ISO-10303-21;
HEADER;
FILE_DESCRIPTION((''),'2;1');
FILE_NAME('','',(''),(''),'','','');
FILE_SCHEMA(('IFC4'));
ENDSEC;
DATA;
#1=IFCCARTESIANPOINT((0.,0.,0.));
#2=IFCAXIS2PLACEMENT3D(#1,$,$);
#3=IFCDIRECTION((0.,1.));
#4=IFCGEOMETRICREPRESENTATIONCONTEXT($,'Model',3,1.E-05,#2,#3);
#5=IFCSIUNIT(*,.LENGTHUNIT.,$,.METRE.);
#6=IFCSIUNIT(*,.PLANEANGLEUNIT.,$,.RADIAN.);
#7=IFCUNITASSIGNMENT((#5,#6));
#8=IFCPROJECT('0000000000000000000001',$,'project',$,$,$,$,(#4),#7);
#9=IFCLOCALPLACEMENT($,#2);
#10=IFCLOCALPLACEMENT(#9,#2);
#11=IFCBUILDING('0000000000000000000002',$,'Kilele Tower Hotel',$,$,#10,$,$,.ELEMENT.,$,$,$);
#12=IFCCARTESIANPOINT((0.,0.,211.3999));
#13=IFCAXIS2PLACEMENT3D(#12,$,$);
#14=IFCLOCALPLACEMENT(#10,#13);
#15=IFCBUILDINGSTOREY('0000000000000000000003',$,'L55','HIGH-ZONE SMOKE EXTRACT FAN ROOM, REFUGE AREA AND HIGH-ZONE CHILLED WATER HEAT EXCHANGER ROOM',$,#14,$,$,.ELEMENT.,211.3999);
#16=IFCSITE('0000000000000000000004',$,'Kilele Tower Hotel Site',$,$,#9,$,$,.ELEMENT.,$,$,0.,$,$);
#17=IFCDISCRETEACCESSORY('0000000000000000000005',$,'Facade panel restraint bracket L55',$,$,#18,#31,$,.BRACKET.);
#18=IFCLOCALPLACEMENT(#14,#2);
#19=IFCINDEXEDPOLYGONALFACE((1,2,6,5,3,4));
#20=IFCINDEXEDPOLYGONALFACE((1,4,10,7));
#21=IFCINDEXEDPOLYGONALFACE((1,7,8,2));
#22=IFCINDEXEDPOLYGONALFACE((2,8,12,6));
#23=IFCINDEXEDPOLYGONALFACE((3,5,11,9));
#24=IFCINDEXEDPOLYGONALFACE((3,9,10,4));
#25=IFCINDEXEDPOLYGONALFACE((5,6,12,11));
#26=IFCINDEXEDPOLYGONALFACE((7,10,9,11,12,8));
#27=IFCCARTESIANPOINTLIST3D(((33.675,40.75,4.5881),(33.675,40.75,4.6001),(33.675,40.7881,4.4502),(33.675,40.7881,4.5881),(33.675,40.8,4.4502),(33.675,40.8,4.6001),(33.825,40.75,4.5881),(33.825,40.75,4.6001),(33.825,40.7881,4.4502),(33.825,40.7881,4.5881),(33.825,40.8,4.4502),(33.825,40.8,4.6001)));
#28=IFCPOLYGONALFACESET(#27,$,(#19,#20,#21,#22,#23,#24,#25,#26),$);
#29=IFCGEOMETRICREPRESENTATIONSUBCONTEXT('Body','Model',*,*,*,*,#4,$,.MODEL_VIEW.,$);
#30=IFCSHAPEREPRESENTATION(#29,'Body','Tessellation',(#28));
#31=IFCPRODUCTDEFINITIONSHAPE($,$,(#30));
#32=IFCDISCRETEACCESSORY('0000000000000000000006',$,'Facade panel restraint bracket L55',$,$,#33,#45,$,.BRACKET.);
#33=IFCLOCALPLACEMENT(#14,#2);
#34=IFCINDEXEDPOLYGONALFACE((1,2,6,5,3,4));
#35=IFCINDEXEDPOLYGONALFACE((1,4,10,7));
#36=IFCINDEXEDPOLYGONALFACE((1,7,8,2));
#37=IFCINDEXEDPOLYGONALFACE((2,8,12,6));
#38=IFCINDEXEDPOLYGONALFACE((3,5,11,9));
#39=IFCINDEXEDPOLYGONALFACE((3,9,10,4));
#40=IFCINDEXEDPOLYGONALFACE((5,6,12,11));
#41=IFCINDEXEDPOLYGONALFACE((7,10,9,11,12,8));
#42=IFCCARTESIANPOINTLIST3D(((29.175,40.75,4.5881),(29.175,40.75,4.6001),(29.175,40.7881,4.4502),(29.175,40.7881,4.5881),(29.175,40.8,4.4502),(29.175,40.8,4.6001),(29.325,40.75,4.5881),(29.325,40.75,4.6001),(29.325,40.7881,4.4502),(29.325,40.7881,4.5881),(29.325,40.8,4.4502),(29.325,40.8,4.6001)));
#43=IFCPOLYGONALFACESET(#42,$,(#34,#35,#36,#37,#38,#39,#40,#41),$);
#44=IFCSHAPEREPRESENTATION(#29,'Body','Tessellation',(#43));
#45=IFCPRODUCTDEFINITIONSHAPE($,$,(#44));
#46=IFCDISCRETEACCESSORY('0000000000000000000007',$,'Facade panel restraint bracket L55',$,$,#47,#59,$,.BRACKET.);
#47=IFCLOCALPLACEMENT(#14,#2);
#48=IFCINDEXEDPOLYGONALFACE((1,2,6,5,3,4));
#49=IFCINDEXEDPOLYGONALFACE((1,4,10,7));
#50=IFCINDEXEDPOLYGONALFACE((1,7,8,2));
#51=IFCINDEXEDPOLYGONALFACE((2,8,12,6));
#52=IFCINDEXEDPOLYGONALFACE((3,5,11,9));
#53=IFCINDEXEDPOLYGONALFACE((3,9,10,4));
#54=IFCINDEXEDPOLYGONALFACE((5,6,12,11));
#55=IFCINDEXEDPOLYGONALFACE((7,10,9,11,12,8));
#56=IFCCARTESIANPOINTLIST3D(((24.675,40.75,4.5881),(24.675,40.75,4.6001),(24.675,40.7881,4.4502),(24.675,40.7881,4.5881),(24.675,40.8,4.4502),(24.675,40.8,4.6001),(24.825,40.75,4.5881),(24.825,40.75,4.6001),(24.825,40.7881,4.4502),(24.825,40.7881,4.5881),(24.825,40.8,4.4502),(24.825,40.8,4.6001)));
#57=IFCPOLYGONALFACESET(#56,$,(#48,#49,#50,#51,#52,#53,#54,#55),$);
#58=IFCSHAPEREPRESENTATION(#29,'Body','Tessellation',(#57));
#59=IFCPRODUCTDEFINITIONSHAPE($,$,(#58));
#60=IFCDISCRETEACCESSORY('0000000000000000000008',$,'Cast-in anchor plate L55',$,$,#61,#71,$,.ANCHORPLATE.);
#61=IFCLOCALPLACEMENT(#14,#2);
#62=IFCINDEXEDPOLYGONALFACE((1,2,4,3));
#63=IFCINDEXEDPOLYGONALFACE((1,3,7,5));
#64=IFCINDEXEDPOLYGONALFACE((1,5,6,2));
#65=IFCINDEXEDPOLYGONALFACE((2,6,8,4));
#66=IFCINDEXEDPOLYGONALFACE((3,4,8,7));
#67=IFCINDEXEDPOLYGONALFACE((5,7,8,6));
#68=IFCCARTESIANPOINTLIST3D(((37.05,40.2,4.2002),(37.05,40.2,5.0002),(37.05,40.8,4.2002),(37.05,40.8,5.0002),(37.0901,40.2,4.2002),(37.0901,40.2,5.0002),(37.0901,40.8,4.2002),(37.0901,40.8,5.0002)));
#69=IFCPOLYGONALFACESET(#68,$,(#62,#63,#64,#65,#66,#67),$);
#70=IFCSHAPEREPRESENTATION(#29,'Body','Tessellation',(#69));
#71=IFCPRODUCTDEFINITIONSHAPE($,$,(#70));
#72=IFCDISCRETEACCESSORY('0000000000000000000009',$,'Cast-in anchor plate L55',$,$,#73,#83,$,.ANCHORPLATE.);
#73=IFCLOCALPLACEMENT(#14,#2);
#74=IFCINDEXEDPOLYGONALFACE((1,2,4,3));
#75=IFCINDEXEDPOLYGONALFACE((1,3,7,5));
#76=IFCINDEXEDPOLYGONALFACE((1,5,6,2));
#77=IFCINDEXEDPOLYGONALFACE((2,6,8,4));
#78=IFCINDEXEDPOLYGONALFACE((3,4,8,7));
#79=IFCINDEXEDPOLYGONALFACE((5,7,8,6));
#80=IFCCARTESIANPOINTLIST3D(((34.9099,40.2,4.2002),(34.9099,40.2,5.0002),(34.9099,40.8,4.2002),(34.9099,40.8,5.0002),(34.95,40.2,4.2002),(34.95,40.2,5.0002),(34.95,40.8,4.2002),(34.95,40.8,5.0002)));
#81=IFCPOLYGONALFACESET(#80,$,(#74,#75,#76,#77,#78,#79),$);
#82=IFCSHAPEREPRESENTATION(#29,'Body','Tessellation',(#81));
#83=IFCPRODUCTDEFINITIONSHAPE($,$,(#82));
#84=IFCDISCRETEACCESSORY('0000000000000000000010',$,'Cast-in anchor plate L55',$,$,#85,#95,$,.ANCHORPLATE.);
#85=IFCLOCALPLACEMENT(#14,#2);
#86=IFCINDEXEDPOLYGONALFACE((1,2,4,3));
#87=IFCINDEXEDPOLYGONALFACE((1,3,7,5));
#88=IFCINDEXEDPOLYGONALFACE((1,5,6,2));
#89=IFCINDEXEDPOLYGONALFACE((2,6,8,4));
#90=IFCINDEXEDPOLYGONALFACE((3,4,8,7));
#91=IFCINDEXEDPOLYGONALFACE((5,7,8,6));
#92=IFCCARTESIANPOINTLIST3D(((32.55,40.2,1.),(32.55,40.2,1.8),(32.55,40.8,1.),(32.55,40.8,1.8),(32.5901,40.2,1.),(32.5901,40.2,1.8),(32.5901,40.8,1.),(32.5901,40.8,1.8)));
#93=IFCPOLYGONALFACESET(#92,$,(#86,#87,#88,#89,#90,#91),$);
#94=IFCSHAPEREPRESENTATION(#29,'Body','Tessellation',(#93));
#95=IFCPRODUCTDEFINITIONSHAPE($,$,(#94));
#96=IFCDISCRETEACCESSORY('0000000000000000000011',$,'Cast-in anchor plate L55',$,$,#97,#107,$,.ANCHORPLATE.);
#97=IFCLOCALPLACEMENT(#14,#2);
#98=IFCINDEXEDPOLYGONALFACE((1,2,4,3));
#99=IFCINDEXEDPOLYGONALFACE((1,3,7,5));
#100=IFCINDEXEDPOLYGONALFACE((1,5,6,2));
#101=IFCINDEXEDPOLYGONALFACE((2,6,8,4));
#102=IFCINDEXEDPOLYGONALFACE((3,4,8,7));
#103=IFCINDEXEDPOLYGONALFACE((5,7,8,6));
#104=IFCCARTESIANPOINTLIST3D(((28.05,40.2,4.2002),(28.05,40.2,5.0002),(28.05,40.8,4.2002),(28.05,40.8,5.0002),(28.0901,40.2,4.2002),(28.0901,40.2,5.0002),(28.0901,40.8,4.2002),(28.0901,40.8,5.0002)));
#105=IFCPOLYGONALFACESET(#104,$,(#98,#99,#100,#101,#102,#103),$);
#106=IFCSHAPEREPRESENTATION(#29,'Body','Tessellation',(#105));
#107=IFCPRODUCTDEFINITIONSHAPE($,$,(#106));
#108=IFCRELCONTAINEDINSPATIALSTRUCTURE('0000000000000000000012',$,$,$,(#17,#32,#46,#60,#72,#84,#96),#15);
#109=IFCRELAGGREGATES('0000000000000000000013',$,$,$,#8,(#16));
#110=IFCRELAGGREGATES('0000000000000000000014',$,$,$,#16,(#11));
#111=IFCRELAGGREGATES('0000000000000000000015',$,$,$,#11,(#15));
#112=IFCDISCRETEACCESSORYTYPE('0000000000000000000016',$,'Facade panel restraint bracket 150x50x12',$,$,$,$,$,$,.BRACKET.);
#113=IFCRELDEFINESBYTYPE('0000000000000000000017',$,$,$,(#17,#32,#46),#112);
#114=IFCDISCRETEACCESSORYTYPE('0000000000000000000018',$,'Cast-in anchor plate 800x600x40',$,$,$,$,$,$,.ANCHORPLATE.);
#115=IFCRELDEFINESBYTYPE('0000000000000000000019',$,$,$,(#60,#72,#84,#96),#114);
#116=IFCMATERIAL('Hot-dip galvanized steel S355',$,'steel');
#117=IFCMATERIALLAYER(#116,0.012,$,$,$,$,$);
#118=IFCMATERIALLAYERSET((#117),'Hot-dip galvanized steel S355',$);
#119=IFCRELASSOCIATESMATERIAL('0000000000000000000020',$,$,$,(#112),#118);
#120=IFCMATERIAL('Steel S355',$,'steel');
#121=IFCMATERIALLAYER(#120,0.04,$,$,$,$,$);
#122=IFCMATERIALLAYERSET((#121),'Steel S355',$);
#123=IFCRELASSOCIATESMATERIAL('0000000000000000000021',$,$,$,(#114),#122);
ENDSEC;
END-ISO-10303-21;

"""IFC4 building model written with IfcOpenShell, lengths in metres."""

from ifc_helpers import new_model, si_unit, direction, frame, origin, place, context, subcontext, project, spatial, polyline, outline, extrude, source, transform, mapped, material, layer, layer_set, type_object, element, save


model = new_model("IFC4")

# Units and contexts
model_context = context("Model", 3, precision=1e-05, world=origin(), true_north=direction((0.0, 1.0)))
body_context = subcontext(model_context, "Body", "Model", "MODEL_VIEW")
ifc_project = project(units=[si_unit("LENGTHUNIT", "METRE"), si_unit("PLANEANGLEUNIT", "RADIAN")], contexts=[model_context])

# Site, building, storey
site_placement = place(None, origin())
site = spatial("IfcSite", under=ifc_project, at=site_placement, Name="Kilele Tower Hotel Site", CompositionType="ELEMENT", RefElevation=0.0)
building_placement = place(site_placement, origin())
building = spatial("IfcBuilding", under=site, at=building_placement, Name="Kilele Tower Hotel", CompositionType="ELEMENT")
storey_placement = place(building_placement, frame((0.0, 0.0, 211.3999)))
storey = spatial("IfcBuildingStorey", under=building, at=storey_placement, Name="L55", Description="HIGH-ZONE SMOKE EXTRACT FAN ROOM, REFUGE AREA AND HIGH-ZONE CHILLED WATER HEAT EXCHANGER ROOM", CompositionType="ELEMENT", Elevation=211.3999)

# Discrete accessories
ifc_material_1 = material(Name="Hot-dip galvanized steel S355", Category="steel")
ifc_layer_1 = layer(ifc_material_1, 0.012)
ifc_layer_set_1 = layer_set([ifc_layer_1], Name="Hot-dip galvanized steel S355")
discrete_accessory_type_1 = type_object("IfcDiscreteAccessoryType", Name="Facade panel restraint bracket 150x50x12", PredefinedType="BRACKET", material=ifc_layer_set_1)
shared_shape_1 = source(origin(), body_context, "Body", "SweptSolid", [
    extrude(outline(polyline([(0.0, 0.0), (0.0, -0.1499), (-0.012, -0.1499), (-0.012, -0.012), (-0.05, -0.012), (-0.05, 0.0), (0.0, 0.0)])), origin(), (0.0, 0.0, 1.0), 0.1499),
])
for number, where, z_axis, x_axis, name in (
    (1, (33.675, 40.8, 4.6001), (1.0, 0.0, 0.0), (0.0, 1.0, 0.0), "Facade panel restraint bracket L55"),
    (2, (29.175, 40.8, 4.6001), (1.0, 0.0, 0.0), (0.0, 1.0, 0.0), "Facade panel restraint bracket L55"),
    (3, (24.675, 40.8, 4.6001), (1.0, 0.0, 0.0), (0.0, 1.0, 0.0), "Facade panel restraint bracket L55"),
):
    element("IfcDiscreteAccessory", number, at=place(storey_placement, frame(where, z_axis=z_axis, x_axis=x_axis)), inside=storey, type_object=discrete_accessory_type_1, Name=name, PredefinedType="BRACKET", context=body_context, shape_type="MappedRepresentation", body=[
        mapped(shared_shape_1, transform((0.0, 0.0, 0.0))),
    ])
ifc_material_2 = material(Name="Steel S355", Category="steel")
ifc_layer_2 = layer(ifc_material_2, 0.04)
ifc_layer_set_2 = layer_set([ifc_layer_2], Name="Steel S355")
discrete_accessory_type_2 = type_object("IfcDiscreteAccessoryType", Name="Cast-in anchor plate 800x600x40", PredefinedType="ANCHORPLATE", material=ifc_layer_set_2)
shared_shape_2 = source(origin(), body_context, "Body", "SweptSolid", [
    extrude(outline(polyline([(0.0, 0.0), (0.04, 0.0), (0.04, 0.8), (0.0, 0.8), (0.0, 0.0)])), origin(), (0.0, 0.0, 1.0), 0.6001),
])
for number, where, z_axis, x_axis, name in (
    (4, (37.05, 40.8, 4.2002), (0.0, -1.0, 0.0), (1.0, 0.0, 0.0), "Cast-in anchor plate L55"),
    (5, (34.95, 40.2, 4.2002), (0.0, 1.0, 0.0), (-1.0, 0.0, 0.0), "Cast-in anchor plate L55"),
    (6, (32.55, 40.8, 1.0), (0.0, -1.0, 0.0), (1.0, 0.0, 0.0), "Cast-in anchor plate L55"),
    (7, (28.05, 40.8, 4.2002), (0.0, -1.0, 0.0), (1.0, 0.0, 0.0), "Cast-in anchor plate L55"),
):
    element("IfcDiscreteAccessory", number, at=place(storey_placement, frame(where, z_axis=z_axis, x_axis=x_axis)), inside=storey, type_object=discrete_accessory_type_2, Name=name, PredefinedType="ANCHORPLATE", context=body_context, shape_type="MappedRepresentation", body=[
        mapped(shared_shape_2, transform((0.0, 0.0, 0.0))),
    ])

save(model, "model.ifc")
